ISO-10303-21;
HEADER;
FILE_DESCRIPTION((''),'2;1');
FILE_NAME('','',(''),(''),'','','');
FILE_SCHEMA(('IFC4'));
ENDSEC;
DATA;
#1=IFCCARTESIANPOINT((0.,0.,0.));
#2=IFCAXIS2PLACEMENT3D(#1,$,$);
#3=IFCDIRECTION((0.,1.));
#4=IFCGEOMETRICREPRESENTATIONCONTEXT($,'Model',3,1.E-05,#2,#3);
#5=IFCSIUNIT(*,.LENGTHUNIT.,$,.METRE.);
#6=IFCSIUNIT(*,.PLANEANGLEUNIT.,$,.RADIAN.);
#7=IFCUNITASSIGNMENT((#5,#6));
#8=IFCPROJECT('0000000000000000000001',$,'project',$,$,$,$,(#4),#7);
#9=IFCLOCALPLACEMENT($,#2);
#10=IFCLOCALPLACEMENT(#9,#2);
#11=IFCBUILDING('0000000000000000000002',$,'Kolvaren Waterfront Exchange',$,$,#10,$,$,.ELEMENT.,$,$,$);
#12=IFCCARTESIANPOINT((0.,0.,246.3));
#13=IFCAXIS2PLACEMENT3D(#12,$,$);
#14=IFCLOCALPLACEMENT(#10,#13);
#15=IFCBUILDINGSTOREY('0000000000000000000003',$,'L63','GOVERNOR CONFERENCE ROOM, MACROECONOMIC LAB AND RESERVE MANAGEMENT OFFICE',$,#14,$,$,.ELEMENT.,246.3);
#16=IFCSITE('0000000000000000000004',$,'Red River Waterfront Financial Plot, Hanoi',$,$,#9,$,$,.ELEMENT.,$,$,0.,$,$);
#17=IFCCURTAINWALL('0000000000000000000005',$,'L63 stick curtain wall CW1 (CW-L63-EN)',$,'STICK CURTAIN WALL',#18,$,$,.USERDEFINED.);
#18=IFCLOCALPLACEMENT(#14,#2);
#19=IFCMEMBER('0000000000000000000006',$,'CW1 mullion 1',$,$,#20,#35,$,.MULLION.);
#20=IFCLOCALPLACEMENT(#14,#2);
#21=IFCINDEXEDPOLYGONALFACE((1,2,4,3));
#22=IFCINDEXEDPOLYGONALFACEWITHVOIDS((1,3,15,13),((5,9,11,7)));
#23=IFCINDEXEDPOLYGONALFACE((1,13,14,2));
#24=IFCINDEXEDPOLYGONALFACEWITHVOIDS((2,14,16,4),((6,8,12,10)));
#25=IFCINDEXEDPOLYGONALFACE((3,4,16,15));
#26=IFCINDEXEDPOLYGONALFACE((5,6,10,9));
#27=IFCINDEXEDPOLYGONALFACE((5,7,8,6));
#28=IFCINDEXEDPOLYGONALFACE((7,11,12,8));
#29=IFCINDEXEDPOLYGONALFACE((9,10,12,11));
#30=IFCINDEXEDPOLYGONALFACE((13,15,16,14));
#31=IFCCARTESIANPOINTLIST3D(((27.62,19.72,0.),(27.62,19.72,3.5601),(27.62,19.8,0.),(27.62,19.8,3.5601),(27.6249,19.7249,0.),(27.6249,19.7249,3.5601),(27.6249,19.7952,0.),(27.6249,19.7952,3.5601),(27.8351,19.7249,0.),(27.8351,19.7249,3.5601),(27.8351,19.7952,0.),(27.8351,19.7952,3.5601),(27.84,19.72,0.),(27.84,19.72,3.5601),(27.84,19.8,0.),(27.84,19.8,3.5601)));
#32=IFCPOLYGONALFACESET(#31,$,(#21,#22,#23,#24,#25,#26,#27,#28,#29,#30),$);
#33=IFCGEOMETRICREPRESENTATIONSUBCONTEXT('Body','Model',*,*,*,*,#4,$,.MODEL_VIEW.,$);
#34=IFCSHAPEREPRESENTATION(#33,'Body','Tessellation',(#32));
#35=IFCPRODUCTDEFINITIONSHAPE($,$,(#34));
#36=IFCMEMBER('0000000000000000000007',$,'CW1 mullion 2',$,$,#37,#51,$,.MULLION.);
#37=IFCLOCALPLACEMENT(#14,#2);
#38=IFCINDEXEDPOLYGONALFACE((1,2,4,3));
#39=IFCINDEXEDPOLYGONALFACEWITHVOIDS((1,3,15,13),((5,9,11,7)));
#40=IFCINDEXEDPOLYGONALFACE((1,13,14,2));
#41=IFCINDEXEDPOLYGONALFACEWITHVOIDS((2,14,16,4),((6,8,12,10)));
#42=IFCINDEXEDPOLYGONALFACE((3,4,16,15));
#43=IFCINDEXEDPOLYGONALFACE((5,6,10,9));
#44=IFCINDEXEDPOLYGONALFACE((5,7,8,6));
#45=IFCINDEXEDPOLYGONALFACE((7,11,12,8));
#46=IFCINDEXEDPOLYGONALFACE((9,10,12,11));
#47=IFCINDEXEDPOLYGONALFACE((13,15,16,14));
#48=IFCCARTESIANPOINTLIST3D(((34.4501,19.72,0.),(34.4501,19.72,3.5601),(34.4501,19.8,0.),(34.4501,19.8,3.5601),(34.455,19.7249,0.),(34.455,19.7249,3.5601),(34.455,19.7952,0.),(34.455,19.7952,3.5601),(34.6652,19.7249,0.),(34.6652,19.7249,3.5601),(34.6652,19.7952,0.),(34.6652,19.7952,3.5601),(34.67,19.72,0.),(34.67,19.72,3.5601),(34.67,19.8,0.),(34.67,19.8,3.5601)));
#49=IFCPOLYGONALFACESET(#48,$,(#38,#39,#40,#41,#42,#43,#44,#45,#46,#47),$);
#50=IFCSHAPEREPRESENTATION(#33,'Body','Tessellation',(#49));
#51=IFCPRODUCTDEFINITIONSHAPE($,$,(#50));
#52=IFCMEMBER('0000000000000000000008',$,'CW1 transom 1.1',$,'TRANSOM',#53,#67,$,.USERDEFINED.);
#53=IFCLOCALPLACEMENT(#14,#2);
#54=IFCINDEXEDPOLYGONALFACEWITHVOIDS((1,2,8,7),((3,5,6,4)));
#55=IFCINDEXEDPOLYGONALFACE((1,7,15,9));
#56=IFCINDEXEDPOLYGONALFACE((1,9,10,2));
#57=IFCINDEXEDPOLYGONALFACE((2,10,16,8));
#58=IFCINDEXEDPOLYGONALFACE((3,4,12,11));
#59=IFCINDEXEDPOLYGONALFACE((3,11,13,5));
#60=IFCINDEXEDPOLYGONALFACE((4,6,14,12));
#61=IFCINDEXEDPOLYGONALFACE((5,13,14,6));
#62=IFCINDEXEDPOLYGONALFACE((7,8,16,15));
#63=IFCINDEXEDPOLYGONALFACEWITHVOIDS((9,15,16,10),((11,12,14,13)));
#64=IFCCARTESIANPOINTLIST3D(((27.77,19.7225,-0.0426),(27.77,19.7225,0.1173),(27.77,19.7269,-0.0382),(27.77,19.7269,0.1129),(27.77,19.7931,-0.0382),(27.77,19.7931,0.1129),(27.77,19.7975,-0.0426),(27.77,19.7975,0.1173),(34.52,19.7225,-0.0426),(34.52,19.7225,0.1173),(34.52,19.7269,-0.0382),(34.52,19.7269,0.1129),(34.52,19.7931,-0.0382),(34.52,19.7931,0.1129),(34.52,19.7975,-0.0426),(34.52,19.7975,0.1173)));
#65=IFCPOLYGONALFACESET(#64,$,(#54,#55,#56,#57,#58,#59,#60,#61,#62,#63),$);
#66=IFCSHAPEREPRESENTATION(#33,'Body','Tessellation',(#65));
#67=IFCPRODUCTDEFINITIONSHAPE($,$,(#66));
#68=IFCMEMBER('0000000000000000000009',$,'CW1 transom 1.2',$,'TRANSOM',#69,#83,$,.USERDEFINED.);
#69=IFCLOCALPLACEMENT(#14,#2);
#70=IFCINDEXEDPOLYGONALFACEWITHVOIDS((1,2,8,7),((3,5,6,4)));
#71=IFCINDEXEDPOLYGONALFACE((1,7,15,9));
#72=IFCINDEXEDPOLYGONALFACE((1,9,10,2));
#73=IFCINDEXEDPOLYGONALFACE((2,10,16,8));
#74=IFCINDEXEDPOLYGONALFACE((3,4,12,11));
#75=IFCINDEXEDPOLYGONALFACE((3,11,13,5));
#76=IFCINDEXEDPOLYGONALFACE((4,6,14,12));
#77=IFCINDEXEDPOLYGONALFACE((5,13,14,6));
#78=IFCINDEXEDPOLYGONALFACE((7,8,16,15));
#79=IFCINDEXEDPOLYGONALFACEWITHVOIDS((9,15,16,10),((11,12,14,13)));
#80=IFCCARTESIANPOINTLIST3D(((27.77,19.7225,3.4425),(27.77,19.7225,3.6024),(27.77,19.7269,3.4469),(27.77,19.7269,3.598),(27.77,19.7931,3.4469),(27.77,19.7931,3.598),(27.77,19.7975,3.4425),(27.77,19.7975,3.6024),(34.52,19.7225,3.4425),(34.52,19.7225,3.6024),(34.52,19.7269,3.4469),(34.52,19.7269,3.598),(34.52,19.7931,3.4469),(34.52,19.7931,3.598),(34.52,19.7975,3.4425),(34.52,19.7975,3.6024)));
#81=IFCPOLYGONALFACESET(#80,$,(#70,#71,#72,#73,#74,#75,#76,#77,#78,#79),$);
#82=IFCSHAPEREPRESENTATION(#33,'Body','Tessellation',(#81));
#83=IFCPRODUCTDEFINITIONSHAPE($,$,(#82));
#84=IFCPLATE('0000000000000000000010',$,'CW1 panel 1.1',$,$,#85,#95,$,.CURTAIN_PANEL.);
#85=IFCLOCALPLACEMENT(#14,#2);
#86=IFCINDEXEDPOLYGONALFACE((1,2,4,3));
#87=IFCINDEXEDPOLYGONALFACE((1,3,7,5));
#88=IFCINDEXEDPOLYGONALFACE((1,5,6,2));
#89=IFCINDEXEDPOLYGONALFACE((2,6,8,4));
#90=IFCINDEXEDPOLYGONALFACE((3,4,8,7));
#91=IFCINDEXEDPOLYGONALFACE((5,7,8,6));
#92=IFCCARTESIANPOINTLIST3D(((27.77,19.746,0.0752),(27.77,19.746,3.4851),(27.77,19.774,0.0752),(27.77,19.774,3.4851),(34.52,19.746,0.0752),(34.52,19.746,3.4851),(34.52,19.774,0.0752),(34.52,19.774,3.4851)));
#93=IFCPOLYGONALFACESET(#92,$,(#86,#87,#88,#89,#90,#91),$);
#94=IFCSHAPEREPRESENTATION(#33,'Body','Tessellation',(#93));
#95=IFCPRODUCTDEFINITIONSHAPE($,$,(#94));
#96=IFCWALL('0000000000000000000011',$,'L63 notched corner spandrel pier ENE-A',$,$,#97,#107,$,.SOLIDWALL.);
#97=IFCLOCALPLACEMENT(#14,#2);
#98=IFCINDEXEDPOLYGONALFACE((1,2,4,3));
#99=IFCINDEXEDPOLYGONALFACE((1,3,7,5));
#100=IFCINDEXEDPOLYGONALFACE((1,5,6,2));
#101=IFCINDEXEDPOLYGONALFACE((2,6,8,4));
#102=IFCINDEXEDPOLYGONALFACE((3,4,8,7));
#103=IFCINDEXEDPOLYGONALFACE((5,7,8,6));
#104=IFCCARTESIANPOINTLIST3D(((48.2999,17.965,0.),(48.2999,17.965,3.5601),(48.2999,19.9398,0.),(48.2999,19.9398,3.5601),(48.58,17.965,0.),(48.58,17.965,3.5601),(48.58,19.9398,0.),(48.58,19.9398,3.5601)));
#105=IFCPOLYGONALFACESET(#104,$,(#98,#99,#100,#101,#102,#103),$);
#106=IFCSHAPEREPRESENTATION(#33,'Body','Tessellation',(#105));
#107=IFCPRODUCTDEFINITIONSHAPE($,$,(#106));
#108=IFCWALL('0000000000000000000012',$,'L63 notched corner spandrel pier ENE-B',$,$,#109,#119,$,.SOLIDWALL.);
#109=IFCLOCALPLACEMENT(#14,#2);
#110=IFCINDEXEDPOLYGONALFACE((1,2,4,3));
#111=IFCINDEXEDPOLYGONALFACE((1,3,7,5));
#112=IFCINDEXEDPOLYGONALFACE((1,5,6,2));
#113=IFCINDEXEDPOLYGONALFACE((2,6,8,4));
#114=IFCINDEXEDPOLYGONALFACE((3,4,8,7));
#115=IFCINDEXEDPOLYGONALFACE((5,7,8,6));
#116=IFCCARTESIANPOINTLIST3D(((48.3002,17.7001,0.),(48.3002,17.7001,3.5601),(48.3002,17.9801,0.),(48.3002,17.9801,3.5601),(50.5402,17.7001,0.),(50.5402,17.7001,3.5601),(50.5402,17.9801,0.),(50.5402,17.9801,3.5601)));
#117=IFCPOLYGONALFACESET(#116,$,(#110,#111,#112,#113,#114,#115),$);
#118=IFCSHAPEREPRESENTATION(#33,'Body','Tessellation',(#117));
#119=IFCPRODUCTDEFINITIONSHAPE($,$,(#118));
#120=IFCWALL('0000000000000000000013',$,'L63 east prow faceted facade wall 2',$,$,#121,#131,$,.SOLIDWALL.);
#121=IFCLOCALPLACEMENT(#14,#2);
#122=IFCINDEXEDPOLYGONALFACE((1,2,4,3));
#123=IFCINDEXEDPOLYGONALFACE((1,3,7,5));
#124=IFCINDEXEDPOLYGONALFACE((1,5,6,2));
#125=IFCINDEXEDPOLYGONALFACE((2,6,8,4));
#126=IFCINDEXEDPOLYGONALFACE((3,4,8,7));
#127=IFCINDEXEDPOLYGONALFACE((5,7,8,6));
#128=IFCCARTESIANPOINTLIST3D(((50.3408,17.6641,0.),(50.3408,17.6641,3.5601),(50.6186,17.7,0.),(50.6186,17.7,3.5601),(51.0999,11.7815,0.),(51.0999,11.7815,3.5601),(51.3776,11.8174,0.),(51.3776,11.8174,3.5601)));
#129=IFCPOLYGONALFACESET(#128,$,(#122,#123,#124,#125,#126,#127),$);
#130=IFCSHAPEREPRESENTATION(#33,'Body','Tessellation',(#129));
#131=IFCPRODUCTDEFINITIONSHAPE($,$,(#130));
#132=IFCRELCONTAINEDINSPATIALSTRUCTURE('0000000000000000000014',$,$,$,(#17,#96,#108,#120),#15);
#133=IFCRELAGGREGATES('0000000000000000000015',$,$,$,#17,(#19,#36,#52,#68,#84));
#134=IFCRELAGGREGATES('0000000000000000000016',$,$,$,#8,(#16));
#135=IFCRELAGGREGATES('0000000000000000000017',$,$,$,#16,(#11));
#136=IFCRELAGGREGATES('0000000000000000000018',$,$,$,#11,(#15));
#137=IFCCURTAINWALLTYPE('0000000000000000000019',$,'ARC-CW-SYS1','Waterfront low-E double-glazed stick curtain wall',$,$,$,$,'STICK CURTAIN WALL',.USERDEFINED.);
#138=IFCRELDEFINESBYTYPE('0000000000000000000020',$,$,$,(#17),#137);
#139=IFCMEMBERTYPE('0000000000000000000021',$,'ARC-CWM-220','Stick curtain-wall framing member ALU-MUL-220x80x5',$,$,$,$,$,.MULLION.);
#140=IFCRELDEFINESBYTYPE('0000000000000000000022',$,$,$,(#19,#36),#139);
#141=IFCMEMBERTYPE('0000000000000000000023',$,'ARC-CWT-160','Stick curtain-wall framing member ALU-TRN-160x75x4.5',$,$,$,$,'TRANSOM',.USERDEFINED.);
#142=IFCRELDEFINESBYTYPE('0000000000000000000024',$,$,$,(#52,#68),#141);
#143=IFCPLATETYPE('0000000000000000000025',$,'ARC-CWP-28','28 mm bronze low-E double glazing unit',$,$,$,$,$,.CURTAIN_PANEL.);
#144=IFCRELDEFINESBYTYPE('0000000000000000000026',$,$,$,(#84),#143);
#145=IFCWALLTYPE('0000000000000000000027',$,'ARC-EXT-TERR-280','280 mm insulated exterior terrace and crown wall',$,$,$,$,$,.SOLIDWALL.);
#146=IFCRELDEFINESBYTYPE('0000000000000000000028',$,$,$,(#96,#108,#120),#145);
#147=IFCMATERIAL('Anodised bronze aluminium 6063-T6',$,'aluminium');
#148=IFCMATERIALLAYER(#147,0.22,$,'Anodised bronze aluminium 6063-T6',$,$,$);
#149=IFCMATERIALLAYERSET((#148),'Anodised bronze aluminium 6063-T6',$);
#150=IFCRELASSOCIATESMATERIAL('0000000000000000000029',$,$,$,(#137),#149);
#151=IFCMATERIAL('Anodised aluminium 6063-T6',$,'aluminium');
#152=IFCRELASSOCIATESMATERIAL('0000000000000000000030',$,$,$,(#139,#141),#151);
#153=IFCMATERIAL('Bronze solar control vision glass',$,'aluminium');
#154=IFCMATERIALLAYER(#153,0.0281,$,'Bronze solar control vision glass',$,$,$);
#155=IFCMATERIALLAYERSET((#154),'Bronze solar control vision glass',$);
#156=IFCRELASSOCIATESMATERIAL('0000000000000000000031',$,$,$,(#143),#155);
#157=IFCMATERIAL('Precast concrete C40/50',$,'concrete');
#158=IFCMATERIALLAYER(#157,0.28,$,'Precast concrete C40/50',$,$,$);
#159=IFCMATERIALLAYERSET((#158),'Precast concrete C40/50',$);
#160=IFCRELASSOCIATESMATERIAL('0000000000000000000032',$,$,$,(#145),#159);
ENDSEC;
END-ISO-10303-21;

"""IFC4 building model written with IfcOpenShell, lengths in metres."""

from ifc_helpers import new_model, si_unit, direction, frame, frame_2d, origin, origin_with_axes, origin_2d, place, context, subcontext, project, spatial, rectangle, hollow_rectangle, extrude, source, transform, mapped, material, layer, layer_set, material_profile, profile_set, type_object, element, aggregate, save


model = new_model("IFC4")

# Units and contexts
model_context = context("Model", 3, precision=1e-05, world=origin(), true_north=direction((0.0, 1.0)))
body_context = subcontext(model_context, "Body", "Model", "MODEL_VIEW")
ifc_project = project(units=[si_unit("LENGTHUNIT", "METRE"), si_unit("PLANEANGLEUNIT", "RADIAN")], contexts=[model_context])

# Site, building, storey
site_placement = place(None, origin())
site = spatial("IfcSite", under=ifc_project, at=site_placement, Name="Red River Waterfront Financial Plot, Hanoi", CompositionType="ELEMENT", RefElevation=0.0)
building_placement = place(site_placement, origin())
building = spatial("IfcBuilding", under=site, at=building_placement, Name="Kolvaren Waterfront Exchange", CompositionType="ELEMENT")
storey_placement = place(building_placement, frame((0.0, 0.0, 246.3)))
storey = spatial("IfcBuildingStorey", under=building, at=storey_placement, Name="L63", Description="GOVERNOR CONFERENCE ROOM, MACROECONOMIC LAB AND RESERVE MANAGEMENT OFFICE", CompositionType="ELEMENT", Elevation=246.3)

# Curtain wall, members, plate
ifc_material_1 = material(Name="Anodised bronze aluminium 6063-T6", Category="aluminium")
ifc_layer_1 = layer(ifc_material_1, 0.22, Name="Anodised bronze aluminium 6063-T6")
ifc_layer_set_1 = layer_set([ifc_layer_1], Name="Anodised bronze aluminium 6063-T6")
curtain_wall_type = type_object("IfcCurtainWallType", Name="ARC-CW-SYS1", Description="Waterfront low-E double-glazed stick curtain wall", ElementType="STICK CURTAIN WALL", PredefinedType="USERDEFINED", material=ifc_layer_set_1)
curtain_wall_placement = place(storey_placement, origin())
curtain_wall = element("IfcCurtainWall", 1, at=curtain_wall_placement, inside=storey, type_object=curtain_wall_type, Name="L63 stick curtain wall CW1 (CW-L63-EN)", ObjectType="STICK CURTAIN WALL", PredefinedType="USERDEFINED")
ifc_material_2 = material(Name="Anodised aluminium 6063-T6", Category="aluminium")
ifc_material_profile_1 = material_profile(ifc_material_2, hollow_rectangle(XDim=0.0801, YDim=0.22, WallThickness=0.0049, at=origin_2d()), Name="ALU-MUL-220x80x5")
ifc_profile_set_1 = profile_set([ifc_material_profile_1], Name="Anodised aluminium 6063-T6")
member_type_1 = type_object("IfcMemberType", Name="ARC-CWM-220", Description="Stick curtain-wall framing member ALU-MUL-220x80x5", PredefinedType="MULLION", material=ifc_profile_set_1)
shared_shape_1 = source(origin_with_axes(), body_context, "Body", "SweptSolid", [
    extrude(hollow_rectangle(XDim=0.0801, YDim=0.22, WallThickness=0.0049, at=origin_2d()), origin(), (0.0, 0.0, 1.0), 3.5601),
])
member_1_placement = place(storey_placement, frame((27.73, 19.76, 0.0), z_axis=(0.0, 0.0, 1.0), x_axis=(0.0, 1.0, 0.0)))
member_1 = element("IfcMember", 2, at=member_1_placement, type_object=member_type_1, Name="CW1 mullion 1", PredefinedType="MULLION", context=body_context, shape_type="MappedRepresentation", body=[
    mapped(shared_shape_1, transform((0.0, 0.0, 0.0), x_axis=(1.0, 0.0, 0.0), y_axis=(0.0, 1.0, 0.0), z_axis=(0.0, 0.0, 1.0), scale=1.0)),
])
member_2_placement = place(storey_placement, frame((34.5601, 19.76, 0.0), z_axis=(0.0, 0.0, 1.0), x_axis=(0.0, 1.0, 0.0)))
member_2 = element("IfcMember", 3, at=member_2_placement, type_object=member_type_1, Name="CW1 mullion 2", PredefinedType="MULLION", context=body_context, shape_type="MappedRepresentation", body=[
    mapped(shared_shape_1, transform((0.0, 0.0, 0.0), x_axis=(1.0, 0.0, 0.0), y_axis=(0.0, 1.0, 0.0), z_axis=(0.0, 0.0, 1.0), scale=1.0)),
])
ifc_material_profile_2 = material_profile(ifc_material_2, hollow_rectangle(XDim=0.075, YDim=0.1599, WallThickness=0.0044, at=origin_2d()), Name="ALU-TRN-160x75x4.5")
ifc_profile_set_2 = profile_set([ifc_material_profile_2], Name="Anodised aluminium 6063-T6")
member_type_2 = type_object("IfcMemberType", Name="ARC-CWT-160", Description="Stick curtain-wall framing member ALU-TRN-160x75x4.5", ElementType="TRANSOM", PredefinedType="USERDEFINED", material=ifc_profile_set_2)
shared_shape_2 = source(origin_with_axes(), body_context, "Body", "SweptSolid", [
    extrude(hollow_rectangle(XDim=0.075, YDim=0.1599, WallThickness=0.0044, at=origin_2d()), origin(), (0.0, 0.0, 1.0), 6.75),
])
member_3_placement = place(storey_placement, frame((27.77, 19.76, 0.0374), z_axis=(1.0, 0.0, 0.0), x_axis=(0.0, 1.0, 0.0)))
member_3 = element("IfcMember", 4, at=member_3_placement, type_object=member_type_2, Name="CW1 transom 1.1", ObjectType="TRANSOM", PredefinedType="USERDEFINED", context=body_context, shape_type="MappedRepresentation", body=[
    mapped(shared_shape_2, transform((0.0, 0.0, 0.0), x_axis=(1.0, 0.0, 0.0), y_axis=(0.0, 1.0, 0.0), z_axis=(0.0, 0.0, 1.0), scale=1.0)),
])
member_4_placement = place(storey_placement, frame((27.77, 19.76, 3.5225), z_axis=(1.0, 0.0, 0.0), x_axis=(0.0, 1.0, 0.0)))
member_4 = element("IfcMember", 5, at=member_4_placement, type_object=member_type_2, Name="CW1 transom 1.2", ObjectType="TRANSOM", PredefinedType="USERDEFINED", context=body_context, shape_type="MappedRepresentation", body=[
    mapped(shared_shape_2, transform((0.0, 0.0, 0.0), x_axis=(1.0, 0.0, 0.0), y_axis=(0.0, 1.0, 0.0), z_axis=(0.0, 0.0, 1.0), scale=1.0)),
])
ifc_material_3 = material(Name="Bronze solar control vision glass", Category="aluminium")
ifc_layer_2 = layer(ifc_material_3, 0.0281, Name="Bronze solar control vision glass")
ifc_layer_set_2 = layer_set([ifc_layer_2], Name="Bronze solar control vision glass")
plate_type = type_object("IfcPlateType", Name="ARC-CWP-28", Description="28 mm bronze low-E double glazing unit", PredefinedType="CURTAIN_PANEL", material=ifc_layer_set_2)
shared_shape_3 = source(origin_with_axes(), body_context, "Body", "SweptSolid", [
    extrude(rectangle(XDim=6.75, YDim=0.0281, at=origin_2d()), origin(), (0.0, 0.0, 1.0), 3.4099),
])
plate_placement = place(storey_placement, frame((31.145, 19.76, 0.0752), z_axis=(0.0, 0.0, 1.0), x_axis=(1.0, 0.0, 0.0)))
plate = element("IfcPlate", 6, at=plate_placement, type_object=plate_type, Name="CW1 panel 1.1", PredefinedType="CURTAIN_PANEL", context=body_context, shape_type="MappedRepresentation", body=[
    mapped(shared_shape_3, transform((0.0, 0.0, 0.0), x_axis=(1.0, 0.0, 0.0), y_axis=(0.0, 1.0, 0.0), z_axis=(0.0, 0.0, 1.0), scale=1.0)),
])
aggregate(curtain_wall, [member_1, member_2, member_3, member_4, plate])

# Walls
ifc_material_4 = material(Name="Precast concrete C40/50", Category="concrete")
ifc_layer_3 = layer(ifc_material_4, 0.28, Name="Precast concrete C40/50")
ifc_layer_set_3 = layer_set([ifc_layer_3], Name="Precast concrete C40/50")
wall_type_1 = type_object("IfcWallType", Name="ARC-EXT-TERR-280", Description="280 mm insulated exterior terrace and crown wall", PredefinedType="SOLIDWALL", material=ifc_layer_set_3)
wall_1_placement = place(storey_placement, frame((48.4399, 17.9651, 0.0), z_axis=(0.0, 0.0, 1.0), x_axis=(0.0, 1.0, 0.0)))
element("IfcWall", 7, at=wall_1_placement, inside=storey, type_object=wall_type_1, Name="L63 notched corner spandrel pier ENE-A", PredefinedType="SOLIDWALL", context=body_context, shape_type="SweptSolid", body=[
    extrude(rectangle(XDim=1.9749, YDim=0.28, at=frame_2d((0.9873, 0.0))), origin(), (0.0, 0.0, 1.0), 3.5601),
])
wall_2_placement = place(storey_placement, frame((48.3, 17.8401, 0.0), z_axis=(0.0, 0.0, 1.0), x_axis=(1.0, 0.0, 0.0)))
element("IfcWall", 8, at=wall_2_placement, inside=storey, type_object=wall_type_1, Name="L63 notched corner spandrel pier ENE-B", PredefinedType="SOLIDWALL", context=body_context, shape_type="SweptSolid", body=[
    extrude(rectangle(XDim=2.24, YDim=0.28, at=frame_2d((1.1201, 0.0))), origin(), (0.0, 0.0, 1.0), 3.5601),
])
wall_3_placement = place(storey_placement, frame((51.2388, 11.7993, 0.0), z_axis=(0.0, 0.0, 1.0), x_axis=(-0.12797, 0.991778, 0.0)))
element("IfcWall", 9, at=wall_3_placement, inside=storey, type_object=wall_type_1, Name="L63 east prow faceted facade wall 2", PredefinedType="SOLIDWALL", context=body_context, shape_type="SweptSolid", body=[
    extrude(rectangle(XDim=5.9314, YDim=0.28, at=frame_2d((2.9658, 0.0))), origin(), (0.0, 0.0, 1.0), 3.5601),
])

save(model, "model.ifc")
